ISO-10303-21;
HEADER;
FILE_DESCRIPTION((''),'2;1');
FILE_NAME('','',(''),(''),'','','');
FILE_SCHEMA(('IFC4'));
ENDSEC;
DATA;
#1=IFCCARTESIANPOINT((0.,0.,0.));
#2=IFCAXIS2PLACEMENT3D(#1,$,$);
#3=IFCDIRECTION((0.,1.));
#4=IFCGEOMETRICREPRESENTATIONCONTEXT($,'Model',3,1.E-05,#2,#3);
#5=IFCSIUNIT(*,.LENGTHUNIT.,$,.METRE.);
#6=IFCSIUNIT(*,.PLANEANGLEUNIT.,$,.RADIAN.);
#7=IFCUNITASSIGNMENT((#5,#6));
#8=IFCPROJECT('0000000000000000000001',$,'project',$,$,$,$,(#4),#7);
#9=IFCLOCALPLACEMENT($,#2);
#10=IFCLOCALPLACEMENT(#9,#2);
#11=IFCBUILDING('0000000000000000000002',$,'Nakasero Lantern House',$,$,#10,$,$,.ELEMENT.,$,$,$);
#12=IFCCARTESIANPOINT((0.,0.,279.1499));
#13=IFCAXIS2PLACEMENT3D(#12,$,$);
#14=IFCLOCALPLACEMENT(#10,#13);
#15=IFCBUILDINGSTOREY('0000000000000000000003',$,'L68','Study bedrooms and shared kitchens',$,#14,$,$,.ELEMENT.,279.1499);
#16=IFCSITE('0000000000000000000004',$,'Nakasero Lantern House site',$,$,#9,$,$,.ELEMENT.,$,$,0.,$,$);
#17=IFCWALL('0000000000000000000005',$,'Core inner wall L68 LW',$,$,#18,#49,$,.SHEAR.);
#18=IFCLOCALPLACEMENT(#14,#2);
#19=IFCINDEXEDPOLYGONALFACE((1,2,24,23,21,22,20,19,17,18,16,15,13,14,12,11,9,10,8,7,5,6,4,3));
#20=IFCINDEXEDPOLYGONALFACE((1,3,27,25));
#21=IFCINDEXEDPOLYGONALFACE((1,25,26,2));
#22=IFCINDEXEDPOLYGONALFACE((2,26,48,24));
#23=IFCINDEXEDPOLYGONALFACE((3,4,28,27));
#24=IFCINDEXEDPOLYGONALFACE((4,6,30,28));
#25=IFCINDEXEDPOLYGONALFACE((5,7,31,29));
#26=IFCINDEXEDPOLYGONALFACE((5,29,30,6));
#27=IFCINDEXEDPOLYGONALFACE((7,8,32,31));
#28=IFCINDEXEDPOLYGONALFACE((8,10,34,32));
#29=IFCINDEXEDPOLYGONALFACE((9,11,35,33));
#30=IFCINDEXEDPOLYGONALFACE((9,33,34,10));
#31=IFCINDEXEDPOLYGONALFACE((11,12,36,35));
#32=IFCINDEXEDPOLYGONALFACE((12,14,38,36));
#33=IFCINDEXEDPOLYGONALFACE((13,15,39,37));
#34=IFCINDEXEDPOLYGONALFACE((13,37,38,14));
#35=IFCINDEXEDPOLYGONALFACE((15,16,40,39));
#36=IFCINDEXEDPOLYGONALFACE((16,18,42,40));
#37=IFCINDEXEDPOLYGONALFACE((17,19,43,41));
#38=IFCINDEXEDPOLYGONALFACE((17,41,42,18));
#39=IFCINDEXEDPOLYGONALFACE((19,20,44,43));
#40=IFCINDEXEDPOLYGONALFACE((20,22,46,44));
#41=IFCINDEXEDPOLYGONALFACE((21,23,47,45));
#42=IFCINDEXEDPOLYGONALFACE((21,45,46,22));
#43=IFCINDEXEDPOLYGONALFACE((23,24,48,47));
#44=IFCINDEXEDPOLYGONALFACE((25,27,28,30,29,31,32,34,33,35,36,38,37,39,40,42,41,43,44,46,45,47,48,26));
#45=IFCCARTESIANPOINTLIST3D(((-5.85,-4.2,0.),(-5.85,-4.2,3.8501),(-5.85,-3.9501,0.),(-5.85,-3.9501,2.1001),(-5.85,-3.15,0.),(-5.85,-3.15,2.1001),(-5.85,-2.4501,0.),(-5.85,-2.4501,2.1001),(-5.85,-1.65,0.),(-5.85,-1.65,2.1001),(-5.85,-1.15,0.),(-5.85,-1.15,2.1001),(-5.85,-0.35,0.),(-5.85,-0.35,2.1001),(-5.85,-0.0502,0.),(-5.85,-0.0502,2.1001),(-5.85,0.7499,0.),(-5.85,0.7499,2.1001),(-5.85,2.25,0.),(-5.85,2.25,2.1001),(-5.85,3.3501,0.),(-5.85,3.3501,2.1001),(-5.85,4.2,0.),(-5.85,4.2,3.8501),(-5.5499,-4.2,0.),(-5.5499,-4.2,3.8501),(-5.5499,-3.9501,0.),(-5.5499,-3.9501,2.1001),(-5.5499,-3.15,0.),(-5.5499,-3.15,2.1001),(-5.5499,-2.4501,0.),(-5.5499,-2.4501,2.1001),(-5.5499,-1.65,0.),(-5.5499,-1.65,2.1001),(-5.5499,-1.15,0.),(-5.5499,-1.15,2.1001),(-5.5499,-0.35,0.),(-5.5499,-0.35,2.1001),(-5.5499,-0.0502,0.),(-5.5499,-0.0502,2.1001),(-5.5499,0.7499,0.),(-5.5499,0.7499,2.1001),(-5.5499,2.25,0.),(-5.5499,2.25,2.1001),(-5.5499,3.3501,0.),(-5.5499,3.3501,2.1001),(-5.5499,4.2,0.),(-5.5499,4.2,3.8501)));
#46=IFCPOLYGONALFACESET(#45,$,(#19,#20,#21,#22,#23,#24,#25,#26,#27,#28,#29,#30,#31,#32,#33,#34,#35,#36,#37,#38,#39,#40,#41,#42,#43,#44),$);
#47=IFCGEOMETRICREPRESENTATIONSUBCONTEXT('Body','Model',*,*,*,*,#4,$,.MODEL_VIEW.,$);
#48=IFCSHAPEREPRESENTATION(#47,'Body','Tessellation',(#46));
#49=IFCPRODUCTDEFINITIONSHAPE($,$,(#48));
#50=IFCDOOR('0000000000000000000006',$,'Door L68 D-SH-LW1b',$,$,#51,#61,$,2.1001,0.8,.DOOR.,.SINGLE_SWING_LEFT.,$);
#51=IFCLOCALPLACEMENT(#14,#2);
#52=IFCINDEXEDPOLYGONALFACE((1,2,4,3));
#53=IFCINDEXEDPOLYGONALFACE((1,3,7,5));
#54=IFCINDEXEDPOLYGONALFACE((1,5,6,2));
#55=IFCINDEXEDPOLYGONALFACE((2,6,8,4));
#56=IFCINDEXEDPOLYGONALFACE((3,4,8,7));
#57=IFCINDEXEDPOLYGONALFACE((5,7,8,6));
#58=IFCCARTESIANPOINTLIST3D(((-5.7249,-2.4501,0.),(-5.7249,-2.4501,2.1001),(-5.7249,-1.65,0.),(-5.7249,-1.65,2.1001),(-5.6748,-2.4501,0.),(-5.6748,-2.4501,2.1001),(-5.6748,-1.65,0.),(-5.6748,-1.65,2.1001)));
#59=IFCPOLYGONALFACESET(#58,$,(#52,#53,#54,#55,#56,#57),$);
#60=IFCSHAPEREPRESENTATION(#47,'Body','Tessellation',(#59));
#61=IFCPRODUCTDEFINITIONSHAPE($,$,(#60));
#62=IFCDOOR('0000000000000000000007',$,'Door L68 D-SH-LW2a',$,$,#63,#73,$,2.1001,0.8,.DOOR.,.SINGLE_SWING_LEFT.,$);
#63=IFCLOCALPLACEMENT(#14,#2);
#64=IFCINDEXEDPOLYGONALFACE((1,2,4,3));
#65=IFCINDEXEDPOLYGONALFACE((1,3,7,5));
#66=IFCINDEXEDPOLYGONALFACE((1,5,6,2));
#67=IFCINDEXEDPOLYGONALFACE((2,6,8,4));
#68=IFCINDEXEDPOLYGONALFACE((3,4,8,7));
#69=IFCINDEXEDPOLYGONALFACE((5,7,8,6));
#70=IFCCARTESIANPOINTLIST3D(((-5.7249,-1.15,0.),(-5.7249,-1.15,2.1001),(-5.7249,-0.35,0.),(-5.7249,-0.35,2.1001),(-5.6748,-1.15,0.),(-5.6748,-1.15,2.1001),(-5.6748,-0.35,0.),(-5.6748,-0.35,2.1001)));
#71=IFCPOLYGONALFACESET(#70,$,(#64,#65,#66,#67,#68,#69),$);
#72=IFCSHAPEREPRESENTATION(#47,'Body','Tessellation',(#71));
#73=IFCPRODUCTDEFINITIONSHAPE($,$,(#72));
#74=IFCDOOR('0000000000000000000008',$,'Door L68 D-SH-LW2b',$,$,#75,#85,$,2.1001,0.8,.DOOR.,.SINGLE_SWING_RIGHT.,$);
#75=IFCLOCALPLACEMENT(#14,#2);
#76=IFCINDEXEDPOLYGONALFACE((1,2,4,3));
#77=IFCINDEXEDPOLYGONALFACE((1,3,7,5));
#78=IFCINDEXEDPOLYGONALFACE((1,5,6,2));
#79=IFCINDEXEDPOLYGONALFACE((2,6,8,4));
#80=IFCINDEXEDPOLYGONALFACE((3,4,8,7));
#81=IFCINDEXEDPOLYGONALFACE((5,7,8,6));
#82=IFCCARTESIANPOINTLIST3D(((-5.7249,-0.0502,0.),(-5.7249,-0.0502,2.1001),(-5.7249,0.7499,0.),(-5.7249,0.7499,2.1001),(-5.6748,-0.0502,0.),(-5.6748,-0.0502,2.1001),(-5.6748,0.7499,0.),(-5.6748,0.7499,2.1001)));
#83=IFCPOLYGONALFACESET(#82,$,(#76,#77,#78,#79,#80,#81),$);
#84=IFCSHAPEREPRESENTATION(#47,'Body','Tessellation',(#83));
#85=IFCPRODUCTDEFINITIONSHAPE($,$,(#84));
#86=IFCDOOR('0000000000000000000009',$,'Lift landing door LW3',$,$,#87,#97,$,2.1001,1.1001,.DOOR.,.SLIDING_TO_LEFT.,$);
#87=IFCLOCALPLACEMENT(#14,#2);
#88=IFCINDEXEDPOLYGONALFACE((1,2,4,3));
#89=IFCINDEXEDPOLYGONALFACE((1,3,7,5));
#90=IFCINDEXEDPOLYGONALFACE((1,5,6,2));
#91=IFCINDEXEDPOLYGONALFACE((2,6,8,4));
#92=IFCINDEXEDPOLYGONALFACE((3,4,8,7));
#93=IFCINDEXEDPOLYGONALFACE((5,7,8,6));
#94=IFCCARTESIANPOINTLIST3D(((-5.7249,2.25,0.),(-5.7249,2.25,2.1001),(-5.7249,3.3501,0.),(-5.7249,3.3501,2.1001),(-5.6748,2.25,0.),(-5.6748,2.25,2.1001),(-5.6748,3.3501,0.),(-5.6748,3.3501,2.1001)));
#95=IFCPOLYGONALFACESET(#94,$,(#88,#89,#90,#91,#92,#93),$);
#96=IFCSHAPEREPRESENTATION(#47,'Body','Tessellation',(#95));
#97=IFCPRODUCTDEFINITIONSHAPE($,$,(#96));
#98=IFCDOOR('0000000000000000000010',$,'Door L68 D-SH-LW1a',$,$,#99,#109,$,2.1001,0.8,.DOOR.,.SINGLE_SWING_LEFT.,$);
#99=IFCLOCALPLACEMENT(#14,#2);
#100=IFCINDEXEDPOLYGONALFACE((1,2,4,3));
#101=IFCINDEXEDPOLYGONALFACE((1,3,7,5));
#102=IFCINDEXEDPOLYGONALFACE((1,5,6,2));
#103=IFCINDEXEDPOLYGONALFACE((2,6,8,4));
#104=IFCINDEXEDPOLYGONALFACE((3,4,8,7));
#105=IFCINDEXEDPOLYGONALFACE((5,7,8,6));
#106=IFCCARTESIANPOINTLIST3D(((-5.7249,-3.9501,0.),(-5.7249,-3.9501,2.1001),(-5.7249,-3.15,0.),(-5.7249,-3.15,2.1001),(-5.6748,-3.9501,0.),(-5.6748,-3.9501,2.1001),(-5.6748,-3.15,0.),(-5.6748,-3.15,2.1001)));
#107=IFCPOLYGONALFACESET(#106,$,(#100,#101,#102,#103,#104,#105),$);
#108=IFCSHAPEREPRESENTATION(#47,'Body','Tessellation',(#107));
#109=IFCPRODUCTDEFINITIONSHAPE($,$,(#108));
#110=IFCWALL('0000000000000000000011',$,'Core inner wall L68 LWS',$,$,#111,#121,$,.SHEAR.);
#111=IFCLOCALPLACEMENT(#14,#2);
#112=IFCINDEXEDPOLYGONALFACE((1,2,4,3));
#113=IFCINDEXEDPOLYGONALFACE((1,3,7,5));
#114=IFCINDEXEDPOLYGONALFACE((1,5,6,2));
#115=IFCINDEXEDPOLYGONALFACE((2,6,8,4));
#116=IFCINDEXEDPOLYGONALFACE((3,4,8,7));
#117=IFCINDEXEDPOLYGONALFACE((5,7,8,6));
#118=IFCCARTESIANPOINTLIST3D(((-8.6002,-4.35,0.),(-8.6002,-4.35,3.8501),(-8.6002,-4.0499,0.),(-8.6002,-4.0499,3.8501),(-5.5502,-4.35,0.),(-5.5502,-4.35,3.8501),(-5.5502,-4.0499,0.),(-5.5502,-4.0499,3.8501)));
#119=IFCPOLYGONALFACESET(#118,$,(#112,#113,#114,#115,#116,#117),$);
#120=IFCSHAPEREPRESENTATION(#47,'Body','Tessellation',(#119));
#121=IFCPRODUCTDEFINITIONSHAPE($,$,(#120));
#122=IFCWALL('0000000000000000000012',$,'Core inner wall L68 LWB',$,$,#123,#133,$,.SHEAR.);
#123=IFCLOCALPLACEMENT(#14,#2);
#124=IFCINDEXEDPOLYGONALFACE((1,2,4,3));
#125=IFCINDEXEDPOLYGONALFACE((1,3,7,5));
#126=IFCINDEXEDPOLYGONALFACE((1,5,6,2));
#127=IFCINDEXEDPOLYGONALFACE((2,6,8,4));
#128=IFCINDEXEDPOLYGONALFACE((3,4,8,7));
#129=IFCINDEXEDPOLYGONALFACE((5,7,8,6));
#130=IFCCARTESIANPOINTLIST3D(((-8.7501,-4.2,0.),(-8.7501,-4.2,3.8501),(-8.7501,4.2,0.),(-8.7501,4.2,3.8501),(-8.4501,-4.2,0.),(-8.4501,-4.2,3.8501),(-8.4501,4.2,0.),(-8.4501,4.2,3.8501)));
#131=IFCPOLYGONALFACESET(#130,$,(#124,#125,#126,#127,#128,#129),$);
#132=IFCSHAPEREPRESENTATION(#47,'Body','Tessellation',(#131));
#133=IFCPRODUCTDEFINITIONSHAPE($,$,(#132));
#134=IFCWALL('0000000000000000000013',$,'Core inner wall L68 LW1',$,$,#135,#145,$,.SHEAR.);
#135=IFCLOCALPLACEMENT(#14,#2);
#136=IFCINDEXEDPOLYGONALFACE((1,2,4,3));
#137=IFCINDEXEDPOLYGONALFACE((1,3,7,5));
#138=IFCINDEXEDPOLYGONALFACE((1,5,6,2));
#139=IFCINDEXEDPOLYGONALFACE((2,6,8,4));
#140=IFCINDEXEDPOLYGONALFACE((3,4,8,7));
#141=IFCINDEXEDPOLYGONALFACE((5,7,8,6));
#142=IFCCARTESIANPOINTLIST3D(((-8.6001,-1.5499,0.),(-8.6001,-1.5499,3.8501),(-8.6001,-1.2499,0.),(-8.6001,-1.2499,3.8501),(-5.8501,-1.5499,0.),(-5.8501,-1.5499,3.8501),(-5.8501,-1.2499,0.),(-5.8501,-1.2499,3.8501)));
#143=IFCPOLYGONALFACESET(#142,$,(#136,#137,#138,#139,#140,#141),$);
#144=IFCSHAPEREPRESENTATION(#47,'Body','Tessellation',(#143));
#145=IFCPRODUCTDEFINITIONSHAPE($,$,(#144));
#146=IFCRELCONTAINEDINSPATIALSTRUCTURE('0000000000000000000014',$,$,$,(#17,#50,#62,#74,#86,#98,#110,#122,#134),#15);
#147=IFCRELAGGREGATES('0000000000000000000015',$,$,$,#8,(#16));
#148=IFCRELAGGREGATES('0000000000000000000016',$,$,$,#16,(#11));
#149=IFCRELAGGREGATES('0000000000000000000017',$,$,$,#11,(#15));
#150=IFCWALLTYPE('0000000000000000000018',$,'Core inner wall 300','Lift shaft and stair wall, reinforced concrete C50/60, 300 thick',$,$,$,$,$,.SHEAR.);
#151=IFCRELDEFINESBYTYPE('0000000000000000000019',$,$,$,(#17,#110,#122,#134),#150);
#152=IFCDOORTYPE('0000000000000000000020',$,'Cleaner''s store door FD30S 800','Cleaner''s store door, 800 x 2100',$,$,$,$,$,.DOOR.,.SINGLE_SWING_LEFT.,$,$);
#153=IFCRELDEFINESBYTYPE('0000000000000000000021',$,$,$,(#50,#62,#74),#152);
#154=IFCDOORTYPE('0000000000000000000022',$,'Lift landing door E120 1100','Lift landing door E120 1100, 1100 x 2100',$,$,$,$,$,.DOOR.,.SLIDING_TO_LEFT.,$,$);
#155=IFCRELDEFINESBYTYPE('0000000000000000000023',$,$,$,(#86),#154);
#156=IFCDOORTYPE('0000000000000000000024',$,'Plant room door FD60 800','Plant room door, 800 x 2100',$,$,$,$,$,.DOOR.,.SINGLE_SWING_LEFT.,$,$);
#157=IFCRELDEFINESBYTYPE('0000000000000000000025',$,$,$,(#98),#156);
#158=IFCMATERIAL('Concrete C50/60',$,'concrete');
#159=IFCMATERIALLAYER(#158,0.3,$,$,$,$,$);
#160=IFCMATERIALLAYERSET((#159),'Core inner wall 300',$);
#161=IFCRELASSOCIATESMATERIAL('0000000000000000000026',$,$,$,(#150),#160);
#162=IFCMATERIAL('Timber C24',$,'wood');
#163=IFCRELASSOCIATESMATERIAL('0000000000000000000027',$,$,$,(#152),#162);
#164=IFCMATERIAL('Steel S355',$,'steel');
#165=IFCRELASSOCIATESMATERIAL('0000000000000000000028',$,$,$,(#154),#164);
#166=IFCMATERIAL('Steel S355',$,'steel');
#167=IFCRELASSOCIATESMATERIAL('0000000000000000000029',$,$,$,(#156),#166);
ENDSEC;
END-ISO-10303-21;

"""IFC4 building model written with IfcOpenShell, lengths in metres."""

from ifc_helpers import new_model, si_unit, direction, frame, frame_2d, origin, place, context, subcontext, project, spatial, rectangle, extrude, material, layer, layer_set, type_object, element, fill, save


model = new_model("IFC4")

# Units and contexts
model_context = context("Model", 3, precision=1e-05, world=origin(), true_north=direction((0.0, 1.0)))
body_context = subcontext(model_context, "Body", "Model", "MODEL_VIEW")
ifc_project = project(units=[si_unit("LENGTHUNIT", "METRE"), si_unit("PLANEANGLEUNIT", "RADIAN")], contexts=[model_context])

# Site, building, storey
site_placement = place(None, origin())
site = spatial("IfcSite", under=ifc_project, at=site_placement, Name="Nakasero Lantern House site", CompositionType="ELEMENT", RefElevation=0.0)
building_placement = place(site_placement, origin())
building = spatial("IfcBuilding", under=site, at=building_placement, Name="Nakasero Lantern House", CompositionType="ELEMENT")
storey_placement = place(building_placement, frame((0.0, 0.0, 279.1499)))
storey = spatial("IfcBuildingStorey", under=building, at=storey_placement, Name="L68", Description="Study bedrooms and shared kitchens", CompositionType="ELEMENT", Elevation=279.1499)

# Wall, openings, doors
ifc_material_1 = material(Name="Concrete C50/60", Category="concrete")
ifc_layer_1 = layer(ifc_material_1, 0.3)
ifc_layer_set_1 = layer_set([ifc_layer_1], Name="Core inner wall 300")
wall_type_1 = type_object("IfcWallType", Name="Core inner wall 300", Description="Lift shaft and stair wall, reinforced concrete C50/60, 300 thick", PredefinedType="SHEAR", material=ifc_layer_set_1)
wall_1_placement = place(storey_placement, frame((-5.7, -4.2, 0.0), z_axis=(0.0, 0.0, 1.0), x_axis=(0.0, 1.0, 0.0)))
wall_1 = element("IfcWall", 1, at=wall_1_placement, inside=storey, type_object=wall_type_1, Name="Core inner wall L68 LW", PredefinedType="SHEAR", context=body_context, shape_type="SweptSolid", body=[
    extrude(rectangle(XDim=8.3999, YDim=0.3, at=frame_2d((4.2, 0.0))), origin(), (0.0, 0.0, 1.0), 3.8501),
])
opening_1_placement = place(wall_1_placement, frame((0.25, 0.0, 0.0)))
opening_1 = element("IfcOpeningElement", 2, at=opening_1_placement, cuts=wall_1, PredefinedType="OPENING", context=body_context, shape_type="SweptSolid", body=[
    extrude(rectangle(XDim=0.8, YDim=2.1001, at=frame_2d((0.3999, 1.05))), frame((0.0, 0.1699, 0.0), z_axis=(0.0, -1.0, 0.0), x_axis=(1.0, 0.0, 0.0)), (0.0, 0.0, 1.0), 0.3401),
])
opening_2_placement = place(wall_1_placement, frame((1.75, 0.0, 0.0)))
opening_2 = element("IfcOpeningElement", 3, at=opening_2_placement, cuts=wall_1, PredefinedType="OPENING", context=body_context, shape_type="SweptSolid", body=[
    extrude(rectangle(XDim=0.8, YDim=2.1001, at=frame_2d((0.3999, 1.05))), frame((0.0, 0.1699, 0.0), z_axis=(0.0, -1.0, 0.0), x_axis=(1.0, 0.0, 0.0)), (0.0, 0.0, 1.0), 0.3401),
])
opening_3_placement = place(wall_1_placement, frame((3.05, 0.0, 0.0)))
opening_3 = element("IfcOpeningElement", 4, at=opening_3_placement, cuts=wall_1, PredefinedType="OPENING", context=body_context, shape_type="SweptSolid", body=[
    extrude(rectangle(XDim=0.8, YDim=2.1001, at=frame_2d((0.3999, 1.05))), frame((0.0, 0.1699, 0.0), z_axis=(0.0, -1.0, 0.0), x_axis=(1.0, 0.0, 0.0)), (0.0, 0.0, 1.0), 0.3401),
])
opening_4_placement = place(wall_1_placement, frame((4.1499, 0.0, 0.0)))
opening_4 = element("IfcOpeningElement", 5, at=opening_4_placement, cuts=wall_1, PredefinedType="OPENING", context=body_context, shape_type="SweptSolid", body=[
    extrude(rectangle(XDim=0.8, YDim=2.1001, at=frame_2d((0.3999, 1.05))), frame((0.0, 0.1699, 0.0), z_axis=(0.0, -1.0, 0.0), x_axis=(1.0, 0.0, 0.0)), (0.0, 0.0, 1.0), 0.3401),
])
opening_5_placement = place(wall_1_placement, frame((6.45, 0.0, 0.0)))
opening_5 = element("IfcOpeningElement", 6, at=opening_5_placement, cuts=wall_1, PredefinedType="OPENING", context=body_context, shape_type="SweptSolid", body=[
    extrude(rectangle(XDim=1.1001, YDim=2.1001, at=frame_2d((0.55, 1.05))), frame((0.0, 0.1699, 0.0), z_axis=(0.0, -1.0, 0.0), x_axis=(1.0, 0.0, 0.0)), (0.0, 0.0, 1.0), 0.3401),
])
ifc_material_2 = material(Name="Timber C24", Category="wood")
door_type_1 = type_object("IfcDoorType", Name="Cleaner's store door FD30S 800", Description="Cleaner's store door, 800 x 2100", OperationType="SINGLE_SWING_LEFT", PredefinedType="DOOR", material=ifc_material_2)
door_1_placement = place(opening_2_placement, origin())
door_1 = element("IfcDoor", 7, at=door_1_placement, inside=storey, type_object=door_type_1, Name="Door L68 D-SH-LW1b", OperationType="SINGLE_SWING_LEFT", OverallHeight=2.1001, OverallWidth=0.8, PredefinedType="DOOR", context=body_context, shape_type="SweptSolid", body=[
    extrude(rectangle(XDim=0.8, YDim=2.1001, at=frame_2d((0.3999, 1.05))), frame((0.0, 0.0249, 0.0), z_axis=(0.0, -1.0, 0.0), x_axis=(1.0, 0.0, 0.0)), (0.0, 0.0, 1.0), 0.05),
])
fill(opening_2, door_1)
door_2_placement = place(opening_3_placement, origin())
door_2 = element("IfcDoor", 8, at=door_2_placement, inside=storey, type_object=door_type_1, Name="Door L68 D-SH-LW2a", OperationType="SINGLE_SWING_LEFT", OverallHeight=2.1001, OverallWidth=0.8, PredefinedType="DOOR", context=body_context, shape_type="SweptSolid", body=[
    extrude(rectangle(XDim=0.8, YDim=2.1001, at=frame_2d((0.3999, 1.05))), frame((0.0, 0.0249, 0.0), z_axis=(0.0, -1.0, 0.0), x_axis=(1.0, 0.0, 0.0)), (0.0, 0.0, 1.0), 0.05),
])
fill(opening_3, door_2)
door_3_placement = place(opening_4_placement, origin())
door_3 = element("IfcDoor", 9, at=door_3_placement, inside=storey, type_object=door_type_1, Name="Door L68 D-SH-LW2b", OperationType="SINGLE_SWING_RIGHT", OverallHeight=2.1001, OverallWidth=0.8, PredefinedType="DOOR", context=body_context, shape_type="SweptSolid", body=[
    extrude(rectangle(XDim=0.8, YDim=2.1001, at=frame_2d((0.3999, 1.05))), frame((0.0, 0.0249, 0.0), z_axis=(0.0, -1.0, 0.0), x_axis=(1.0, 0.0, 0.0)), (0.0, 0.0, 1.0), 0.05),
])
fill(opening_4, door_3)
ifc_material_3 = material(Name="Steel S355", Category="steel")
door_type_2 = type_object("IfcDoorType", Name="Lift landing door E120 1100", Description="Lift landing door E120 1100, 1100 x 2100", OperationType="SLIDING_TO_LEFT", PredefinedType="DOOR", material=ifc_material_3)
door_4_placement = place(opening_5_placement, origin())
door_4 = element("IfcDoor", 10, at=door_4_placement, inside=storey, type_object=door_type_2, Name="Lift landing door LW3", OperationType="SLIDING_TO_LEFT", OverallHeight=2.1001, OverallWidth=1.1001, PredefinedType="DOOR", context=body_context, shape_type="SweptSolid", body=[
    extrude(rectangle(XDim=1.1001, YDim=2.1001, at=frame_2d((0.55, 1.05))), frame((0.0, 0.0249, 0.0), z_axis=(0.0, -1.0, 0.0), x_axis=(1.0, 0.0, 0.0)), (0.0, 0.0, 1.0), 0.05),
])
fill(opening_5, door_4)
ifc_material_4 = material(Name="Steel S355", Category="steel")
door_type_3 = type_object("IfcDoorType", Name="Plant room door FD60 800", Description="Plant room door, 800 x 2100", OperationType="SINGLE_SWING_LEFT", PredefinedType="DOOR", material=ifc_material_4)
door_5_placement = place(opening_1_placement, origin())
door_5 = element("IfcDoor", 11, at=door_5_placement, inside=storey, type_object=door_type_3, Name="Door L68 D-SH-LW1a", OperationType="SINGLE_SWING_LEFT", OverallHeight=2.1001, OverallWidth=0.8, PredefinedType="DOOR", context=body_context, shape_type="SweptSolid", body=[
    extrude(rectangle(XDim=0.8, YDim=2.1001, at=frame_2d((0.3999, 1.05))), frame((0.0, 0.0249, 0.0), z_axis=(0.0, -1.0, 0.0), x_axis=(1.0, 0.0, 0.0)), (0.0, 0.0, 1.0), 0.05),
])
fill(opening_1, door_5)

# Walls
wall_2_placement = place(storey_placement, frame((-8.6001, -4.2, 0.0), z_axis=(0.0, 0.0, 1.0), x_axis=(1.0, 0.0, 0.0)))
element("IfcWall", 12, at=wall_2_placement, inside=storey, type_object=wall_type_1, Name="Core inner wall L68 LWS", PredefinedType="SHEAR", context=body_context, shape_type="SweptSolid", body=[
    extrude(rectangle(XDim=3.05, YDim=0.3, at=frame_2d((1.5249, 0.0))), origin(), (0.0, 0.0, 1.0), 3.8501),
])
wall_3_placement = place(storey_placement, frame((-8.6001, -4.2, 0.0), z_axis=(0.0, 0.0, 1.0), x_axis=(0.0, 1.0, 0.0)))
element("IfcWall", 13, at=wall_3_placement, inside=storey, type_object=wall_type_1, Name="Core inner wall L68 LWB", PredefinedType="SHEAR", context=body_context, shape_type="SweptSolid", body=[
    extrude(rectangle(XDim=8.3999, YDim=0.3, at=frame_2d((4.2, 0.0))), origin(), (0.0, 0.0, 1.0), 3.8501),
])
wall_4_placement = place(storey_placement, frame((-8.6001, -1.3999, 0.0), z_axis=(0.0, 0.0, 1.0), x_axis=(1.0, 0.0, 0.0)))
element("IfcWall", 14, at=wall_4_placement, inside=storey, type_object=wall_type_1, Name="Core inner wall L68 LW1", PredefinedType="SHEAR", context=body_context, shape_type="SweptSolid", body=[
    extrude(rectangle(XDim=2.75, YDim=0.3, at=frame_2d((1.375, 0.0))), origin(), (0.0, 0.0, 1.0), 3.8501),
])

save(model, "model.ifc")
